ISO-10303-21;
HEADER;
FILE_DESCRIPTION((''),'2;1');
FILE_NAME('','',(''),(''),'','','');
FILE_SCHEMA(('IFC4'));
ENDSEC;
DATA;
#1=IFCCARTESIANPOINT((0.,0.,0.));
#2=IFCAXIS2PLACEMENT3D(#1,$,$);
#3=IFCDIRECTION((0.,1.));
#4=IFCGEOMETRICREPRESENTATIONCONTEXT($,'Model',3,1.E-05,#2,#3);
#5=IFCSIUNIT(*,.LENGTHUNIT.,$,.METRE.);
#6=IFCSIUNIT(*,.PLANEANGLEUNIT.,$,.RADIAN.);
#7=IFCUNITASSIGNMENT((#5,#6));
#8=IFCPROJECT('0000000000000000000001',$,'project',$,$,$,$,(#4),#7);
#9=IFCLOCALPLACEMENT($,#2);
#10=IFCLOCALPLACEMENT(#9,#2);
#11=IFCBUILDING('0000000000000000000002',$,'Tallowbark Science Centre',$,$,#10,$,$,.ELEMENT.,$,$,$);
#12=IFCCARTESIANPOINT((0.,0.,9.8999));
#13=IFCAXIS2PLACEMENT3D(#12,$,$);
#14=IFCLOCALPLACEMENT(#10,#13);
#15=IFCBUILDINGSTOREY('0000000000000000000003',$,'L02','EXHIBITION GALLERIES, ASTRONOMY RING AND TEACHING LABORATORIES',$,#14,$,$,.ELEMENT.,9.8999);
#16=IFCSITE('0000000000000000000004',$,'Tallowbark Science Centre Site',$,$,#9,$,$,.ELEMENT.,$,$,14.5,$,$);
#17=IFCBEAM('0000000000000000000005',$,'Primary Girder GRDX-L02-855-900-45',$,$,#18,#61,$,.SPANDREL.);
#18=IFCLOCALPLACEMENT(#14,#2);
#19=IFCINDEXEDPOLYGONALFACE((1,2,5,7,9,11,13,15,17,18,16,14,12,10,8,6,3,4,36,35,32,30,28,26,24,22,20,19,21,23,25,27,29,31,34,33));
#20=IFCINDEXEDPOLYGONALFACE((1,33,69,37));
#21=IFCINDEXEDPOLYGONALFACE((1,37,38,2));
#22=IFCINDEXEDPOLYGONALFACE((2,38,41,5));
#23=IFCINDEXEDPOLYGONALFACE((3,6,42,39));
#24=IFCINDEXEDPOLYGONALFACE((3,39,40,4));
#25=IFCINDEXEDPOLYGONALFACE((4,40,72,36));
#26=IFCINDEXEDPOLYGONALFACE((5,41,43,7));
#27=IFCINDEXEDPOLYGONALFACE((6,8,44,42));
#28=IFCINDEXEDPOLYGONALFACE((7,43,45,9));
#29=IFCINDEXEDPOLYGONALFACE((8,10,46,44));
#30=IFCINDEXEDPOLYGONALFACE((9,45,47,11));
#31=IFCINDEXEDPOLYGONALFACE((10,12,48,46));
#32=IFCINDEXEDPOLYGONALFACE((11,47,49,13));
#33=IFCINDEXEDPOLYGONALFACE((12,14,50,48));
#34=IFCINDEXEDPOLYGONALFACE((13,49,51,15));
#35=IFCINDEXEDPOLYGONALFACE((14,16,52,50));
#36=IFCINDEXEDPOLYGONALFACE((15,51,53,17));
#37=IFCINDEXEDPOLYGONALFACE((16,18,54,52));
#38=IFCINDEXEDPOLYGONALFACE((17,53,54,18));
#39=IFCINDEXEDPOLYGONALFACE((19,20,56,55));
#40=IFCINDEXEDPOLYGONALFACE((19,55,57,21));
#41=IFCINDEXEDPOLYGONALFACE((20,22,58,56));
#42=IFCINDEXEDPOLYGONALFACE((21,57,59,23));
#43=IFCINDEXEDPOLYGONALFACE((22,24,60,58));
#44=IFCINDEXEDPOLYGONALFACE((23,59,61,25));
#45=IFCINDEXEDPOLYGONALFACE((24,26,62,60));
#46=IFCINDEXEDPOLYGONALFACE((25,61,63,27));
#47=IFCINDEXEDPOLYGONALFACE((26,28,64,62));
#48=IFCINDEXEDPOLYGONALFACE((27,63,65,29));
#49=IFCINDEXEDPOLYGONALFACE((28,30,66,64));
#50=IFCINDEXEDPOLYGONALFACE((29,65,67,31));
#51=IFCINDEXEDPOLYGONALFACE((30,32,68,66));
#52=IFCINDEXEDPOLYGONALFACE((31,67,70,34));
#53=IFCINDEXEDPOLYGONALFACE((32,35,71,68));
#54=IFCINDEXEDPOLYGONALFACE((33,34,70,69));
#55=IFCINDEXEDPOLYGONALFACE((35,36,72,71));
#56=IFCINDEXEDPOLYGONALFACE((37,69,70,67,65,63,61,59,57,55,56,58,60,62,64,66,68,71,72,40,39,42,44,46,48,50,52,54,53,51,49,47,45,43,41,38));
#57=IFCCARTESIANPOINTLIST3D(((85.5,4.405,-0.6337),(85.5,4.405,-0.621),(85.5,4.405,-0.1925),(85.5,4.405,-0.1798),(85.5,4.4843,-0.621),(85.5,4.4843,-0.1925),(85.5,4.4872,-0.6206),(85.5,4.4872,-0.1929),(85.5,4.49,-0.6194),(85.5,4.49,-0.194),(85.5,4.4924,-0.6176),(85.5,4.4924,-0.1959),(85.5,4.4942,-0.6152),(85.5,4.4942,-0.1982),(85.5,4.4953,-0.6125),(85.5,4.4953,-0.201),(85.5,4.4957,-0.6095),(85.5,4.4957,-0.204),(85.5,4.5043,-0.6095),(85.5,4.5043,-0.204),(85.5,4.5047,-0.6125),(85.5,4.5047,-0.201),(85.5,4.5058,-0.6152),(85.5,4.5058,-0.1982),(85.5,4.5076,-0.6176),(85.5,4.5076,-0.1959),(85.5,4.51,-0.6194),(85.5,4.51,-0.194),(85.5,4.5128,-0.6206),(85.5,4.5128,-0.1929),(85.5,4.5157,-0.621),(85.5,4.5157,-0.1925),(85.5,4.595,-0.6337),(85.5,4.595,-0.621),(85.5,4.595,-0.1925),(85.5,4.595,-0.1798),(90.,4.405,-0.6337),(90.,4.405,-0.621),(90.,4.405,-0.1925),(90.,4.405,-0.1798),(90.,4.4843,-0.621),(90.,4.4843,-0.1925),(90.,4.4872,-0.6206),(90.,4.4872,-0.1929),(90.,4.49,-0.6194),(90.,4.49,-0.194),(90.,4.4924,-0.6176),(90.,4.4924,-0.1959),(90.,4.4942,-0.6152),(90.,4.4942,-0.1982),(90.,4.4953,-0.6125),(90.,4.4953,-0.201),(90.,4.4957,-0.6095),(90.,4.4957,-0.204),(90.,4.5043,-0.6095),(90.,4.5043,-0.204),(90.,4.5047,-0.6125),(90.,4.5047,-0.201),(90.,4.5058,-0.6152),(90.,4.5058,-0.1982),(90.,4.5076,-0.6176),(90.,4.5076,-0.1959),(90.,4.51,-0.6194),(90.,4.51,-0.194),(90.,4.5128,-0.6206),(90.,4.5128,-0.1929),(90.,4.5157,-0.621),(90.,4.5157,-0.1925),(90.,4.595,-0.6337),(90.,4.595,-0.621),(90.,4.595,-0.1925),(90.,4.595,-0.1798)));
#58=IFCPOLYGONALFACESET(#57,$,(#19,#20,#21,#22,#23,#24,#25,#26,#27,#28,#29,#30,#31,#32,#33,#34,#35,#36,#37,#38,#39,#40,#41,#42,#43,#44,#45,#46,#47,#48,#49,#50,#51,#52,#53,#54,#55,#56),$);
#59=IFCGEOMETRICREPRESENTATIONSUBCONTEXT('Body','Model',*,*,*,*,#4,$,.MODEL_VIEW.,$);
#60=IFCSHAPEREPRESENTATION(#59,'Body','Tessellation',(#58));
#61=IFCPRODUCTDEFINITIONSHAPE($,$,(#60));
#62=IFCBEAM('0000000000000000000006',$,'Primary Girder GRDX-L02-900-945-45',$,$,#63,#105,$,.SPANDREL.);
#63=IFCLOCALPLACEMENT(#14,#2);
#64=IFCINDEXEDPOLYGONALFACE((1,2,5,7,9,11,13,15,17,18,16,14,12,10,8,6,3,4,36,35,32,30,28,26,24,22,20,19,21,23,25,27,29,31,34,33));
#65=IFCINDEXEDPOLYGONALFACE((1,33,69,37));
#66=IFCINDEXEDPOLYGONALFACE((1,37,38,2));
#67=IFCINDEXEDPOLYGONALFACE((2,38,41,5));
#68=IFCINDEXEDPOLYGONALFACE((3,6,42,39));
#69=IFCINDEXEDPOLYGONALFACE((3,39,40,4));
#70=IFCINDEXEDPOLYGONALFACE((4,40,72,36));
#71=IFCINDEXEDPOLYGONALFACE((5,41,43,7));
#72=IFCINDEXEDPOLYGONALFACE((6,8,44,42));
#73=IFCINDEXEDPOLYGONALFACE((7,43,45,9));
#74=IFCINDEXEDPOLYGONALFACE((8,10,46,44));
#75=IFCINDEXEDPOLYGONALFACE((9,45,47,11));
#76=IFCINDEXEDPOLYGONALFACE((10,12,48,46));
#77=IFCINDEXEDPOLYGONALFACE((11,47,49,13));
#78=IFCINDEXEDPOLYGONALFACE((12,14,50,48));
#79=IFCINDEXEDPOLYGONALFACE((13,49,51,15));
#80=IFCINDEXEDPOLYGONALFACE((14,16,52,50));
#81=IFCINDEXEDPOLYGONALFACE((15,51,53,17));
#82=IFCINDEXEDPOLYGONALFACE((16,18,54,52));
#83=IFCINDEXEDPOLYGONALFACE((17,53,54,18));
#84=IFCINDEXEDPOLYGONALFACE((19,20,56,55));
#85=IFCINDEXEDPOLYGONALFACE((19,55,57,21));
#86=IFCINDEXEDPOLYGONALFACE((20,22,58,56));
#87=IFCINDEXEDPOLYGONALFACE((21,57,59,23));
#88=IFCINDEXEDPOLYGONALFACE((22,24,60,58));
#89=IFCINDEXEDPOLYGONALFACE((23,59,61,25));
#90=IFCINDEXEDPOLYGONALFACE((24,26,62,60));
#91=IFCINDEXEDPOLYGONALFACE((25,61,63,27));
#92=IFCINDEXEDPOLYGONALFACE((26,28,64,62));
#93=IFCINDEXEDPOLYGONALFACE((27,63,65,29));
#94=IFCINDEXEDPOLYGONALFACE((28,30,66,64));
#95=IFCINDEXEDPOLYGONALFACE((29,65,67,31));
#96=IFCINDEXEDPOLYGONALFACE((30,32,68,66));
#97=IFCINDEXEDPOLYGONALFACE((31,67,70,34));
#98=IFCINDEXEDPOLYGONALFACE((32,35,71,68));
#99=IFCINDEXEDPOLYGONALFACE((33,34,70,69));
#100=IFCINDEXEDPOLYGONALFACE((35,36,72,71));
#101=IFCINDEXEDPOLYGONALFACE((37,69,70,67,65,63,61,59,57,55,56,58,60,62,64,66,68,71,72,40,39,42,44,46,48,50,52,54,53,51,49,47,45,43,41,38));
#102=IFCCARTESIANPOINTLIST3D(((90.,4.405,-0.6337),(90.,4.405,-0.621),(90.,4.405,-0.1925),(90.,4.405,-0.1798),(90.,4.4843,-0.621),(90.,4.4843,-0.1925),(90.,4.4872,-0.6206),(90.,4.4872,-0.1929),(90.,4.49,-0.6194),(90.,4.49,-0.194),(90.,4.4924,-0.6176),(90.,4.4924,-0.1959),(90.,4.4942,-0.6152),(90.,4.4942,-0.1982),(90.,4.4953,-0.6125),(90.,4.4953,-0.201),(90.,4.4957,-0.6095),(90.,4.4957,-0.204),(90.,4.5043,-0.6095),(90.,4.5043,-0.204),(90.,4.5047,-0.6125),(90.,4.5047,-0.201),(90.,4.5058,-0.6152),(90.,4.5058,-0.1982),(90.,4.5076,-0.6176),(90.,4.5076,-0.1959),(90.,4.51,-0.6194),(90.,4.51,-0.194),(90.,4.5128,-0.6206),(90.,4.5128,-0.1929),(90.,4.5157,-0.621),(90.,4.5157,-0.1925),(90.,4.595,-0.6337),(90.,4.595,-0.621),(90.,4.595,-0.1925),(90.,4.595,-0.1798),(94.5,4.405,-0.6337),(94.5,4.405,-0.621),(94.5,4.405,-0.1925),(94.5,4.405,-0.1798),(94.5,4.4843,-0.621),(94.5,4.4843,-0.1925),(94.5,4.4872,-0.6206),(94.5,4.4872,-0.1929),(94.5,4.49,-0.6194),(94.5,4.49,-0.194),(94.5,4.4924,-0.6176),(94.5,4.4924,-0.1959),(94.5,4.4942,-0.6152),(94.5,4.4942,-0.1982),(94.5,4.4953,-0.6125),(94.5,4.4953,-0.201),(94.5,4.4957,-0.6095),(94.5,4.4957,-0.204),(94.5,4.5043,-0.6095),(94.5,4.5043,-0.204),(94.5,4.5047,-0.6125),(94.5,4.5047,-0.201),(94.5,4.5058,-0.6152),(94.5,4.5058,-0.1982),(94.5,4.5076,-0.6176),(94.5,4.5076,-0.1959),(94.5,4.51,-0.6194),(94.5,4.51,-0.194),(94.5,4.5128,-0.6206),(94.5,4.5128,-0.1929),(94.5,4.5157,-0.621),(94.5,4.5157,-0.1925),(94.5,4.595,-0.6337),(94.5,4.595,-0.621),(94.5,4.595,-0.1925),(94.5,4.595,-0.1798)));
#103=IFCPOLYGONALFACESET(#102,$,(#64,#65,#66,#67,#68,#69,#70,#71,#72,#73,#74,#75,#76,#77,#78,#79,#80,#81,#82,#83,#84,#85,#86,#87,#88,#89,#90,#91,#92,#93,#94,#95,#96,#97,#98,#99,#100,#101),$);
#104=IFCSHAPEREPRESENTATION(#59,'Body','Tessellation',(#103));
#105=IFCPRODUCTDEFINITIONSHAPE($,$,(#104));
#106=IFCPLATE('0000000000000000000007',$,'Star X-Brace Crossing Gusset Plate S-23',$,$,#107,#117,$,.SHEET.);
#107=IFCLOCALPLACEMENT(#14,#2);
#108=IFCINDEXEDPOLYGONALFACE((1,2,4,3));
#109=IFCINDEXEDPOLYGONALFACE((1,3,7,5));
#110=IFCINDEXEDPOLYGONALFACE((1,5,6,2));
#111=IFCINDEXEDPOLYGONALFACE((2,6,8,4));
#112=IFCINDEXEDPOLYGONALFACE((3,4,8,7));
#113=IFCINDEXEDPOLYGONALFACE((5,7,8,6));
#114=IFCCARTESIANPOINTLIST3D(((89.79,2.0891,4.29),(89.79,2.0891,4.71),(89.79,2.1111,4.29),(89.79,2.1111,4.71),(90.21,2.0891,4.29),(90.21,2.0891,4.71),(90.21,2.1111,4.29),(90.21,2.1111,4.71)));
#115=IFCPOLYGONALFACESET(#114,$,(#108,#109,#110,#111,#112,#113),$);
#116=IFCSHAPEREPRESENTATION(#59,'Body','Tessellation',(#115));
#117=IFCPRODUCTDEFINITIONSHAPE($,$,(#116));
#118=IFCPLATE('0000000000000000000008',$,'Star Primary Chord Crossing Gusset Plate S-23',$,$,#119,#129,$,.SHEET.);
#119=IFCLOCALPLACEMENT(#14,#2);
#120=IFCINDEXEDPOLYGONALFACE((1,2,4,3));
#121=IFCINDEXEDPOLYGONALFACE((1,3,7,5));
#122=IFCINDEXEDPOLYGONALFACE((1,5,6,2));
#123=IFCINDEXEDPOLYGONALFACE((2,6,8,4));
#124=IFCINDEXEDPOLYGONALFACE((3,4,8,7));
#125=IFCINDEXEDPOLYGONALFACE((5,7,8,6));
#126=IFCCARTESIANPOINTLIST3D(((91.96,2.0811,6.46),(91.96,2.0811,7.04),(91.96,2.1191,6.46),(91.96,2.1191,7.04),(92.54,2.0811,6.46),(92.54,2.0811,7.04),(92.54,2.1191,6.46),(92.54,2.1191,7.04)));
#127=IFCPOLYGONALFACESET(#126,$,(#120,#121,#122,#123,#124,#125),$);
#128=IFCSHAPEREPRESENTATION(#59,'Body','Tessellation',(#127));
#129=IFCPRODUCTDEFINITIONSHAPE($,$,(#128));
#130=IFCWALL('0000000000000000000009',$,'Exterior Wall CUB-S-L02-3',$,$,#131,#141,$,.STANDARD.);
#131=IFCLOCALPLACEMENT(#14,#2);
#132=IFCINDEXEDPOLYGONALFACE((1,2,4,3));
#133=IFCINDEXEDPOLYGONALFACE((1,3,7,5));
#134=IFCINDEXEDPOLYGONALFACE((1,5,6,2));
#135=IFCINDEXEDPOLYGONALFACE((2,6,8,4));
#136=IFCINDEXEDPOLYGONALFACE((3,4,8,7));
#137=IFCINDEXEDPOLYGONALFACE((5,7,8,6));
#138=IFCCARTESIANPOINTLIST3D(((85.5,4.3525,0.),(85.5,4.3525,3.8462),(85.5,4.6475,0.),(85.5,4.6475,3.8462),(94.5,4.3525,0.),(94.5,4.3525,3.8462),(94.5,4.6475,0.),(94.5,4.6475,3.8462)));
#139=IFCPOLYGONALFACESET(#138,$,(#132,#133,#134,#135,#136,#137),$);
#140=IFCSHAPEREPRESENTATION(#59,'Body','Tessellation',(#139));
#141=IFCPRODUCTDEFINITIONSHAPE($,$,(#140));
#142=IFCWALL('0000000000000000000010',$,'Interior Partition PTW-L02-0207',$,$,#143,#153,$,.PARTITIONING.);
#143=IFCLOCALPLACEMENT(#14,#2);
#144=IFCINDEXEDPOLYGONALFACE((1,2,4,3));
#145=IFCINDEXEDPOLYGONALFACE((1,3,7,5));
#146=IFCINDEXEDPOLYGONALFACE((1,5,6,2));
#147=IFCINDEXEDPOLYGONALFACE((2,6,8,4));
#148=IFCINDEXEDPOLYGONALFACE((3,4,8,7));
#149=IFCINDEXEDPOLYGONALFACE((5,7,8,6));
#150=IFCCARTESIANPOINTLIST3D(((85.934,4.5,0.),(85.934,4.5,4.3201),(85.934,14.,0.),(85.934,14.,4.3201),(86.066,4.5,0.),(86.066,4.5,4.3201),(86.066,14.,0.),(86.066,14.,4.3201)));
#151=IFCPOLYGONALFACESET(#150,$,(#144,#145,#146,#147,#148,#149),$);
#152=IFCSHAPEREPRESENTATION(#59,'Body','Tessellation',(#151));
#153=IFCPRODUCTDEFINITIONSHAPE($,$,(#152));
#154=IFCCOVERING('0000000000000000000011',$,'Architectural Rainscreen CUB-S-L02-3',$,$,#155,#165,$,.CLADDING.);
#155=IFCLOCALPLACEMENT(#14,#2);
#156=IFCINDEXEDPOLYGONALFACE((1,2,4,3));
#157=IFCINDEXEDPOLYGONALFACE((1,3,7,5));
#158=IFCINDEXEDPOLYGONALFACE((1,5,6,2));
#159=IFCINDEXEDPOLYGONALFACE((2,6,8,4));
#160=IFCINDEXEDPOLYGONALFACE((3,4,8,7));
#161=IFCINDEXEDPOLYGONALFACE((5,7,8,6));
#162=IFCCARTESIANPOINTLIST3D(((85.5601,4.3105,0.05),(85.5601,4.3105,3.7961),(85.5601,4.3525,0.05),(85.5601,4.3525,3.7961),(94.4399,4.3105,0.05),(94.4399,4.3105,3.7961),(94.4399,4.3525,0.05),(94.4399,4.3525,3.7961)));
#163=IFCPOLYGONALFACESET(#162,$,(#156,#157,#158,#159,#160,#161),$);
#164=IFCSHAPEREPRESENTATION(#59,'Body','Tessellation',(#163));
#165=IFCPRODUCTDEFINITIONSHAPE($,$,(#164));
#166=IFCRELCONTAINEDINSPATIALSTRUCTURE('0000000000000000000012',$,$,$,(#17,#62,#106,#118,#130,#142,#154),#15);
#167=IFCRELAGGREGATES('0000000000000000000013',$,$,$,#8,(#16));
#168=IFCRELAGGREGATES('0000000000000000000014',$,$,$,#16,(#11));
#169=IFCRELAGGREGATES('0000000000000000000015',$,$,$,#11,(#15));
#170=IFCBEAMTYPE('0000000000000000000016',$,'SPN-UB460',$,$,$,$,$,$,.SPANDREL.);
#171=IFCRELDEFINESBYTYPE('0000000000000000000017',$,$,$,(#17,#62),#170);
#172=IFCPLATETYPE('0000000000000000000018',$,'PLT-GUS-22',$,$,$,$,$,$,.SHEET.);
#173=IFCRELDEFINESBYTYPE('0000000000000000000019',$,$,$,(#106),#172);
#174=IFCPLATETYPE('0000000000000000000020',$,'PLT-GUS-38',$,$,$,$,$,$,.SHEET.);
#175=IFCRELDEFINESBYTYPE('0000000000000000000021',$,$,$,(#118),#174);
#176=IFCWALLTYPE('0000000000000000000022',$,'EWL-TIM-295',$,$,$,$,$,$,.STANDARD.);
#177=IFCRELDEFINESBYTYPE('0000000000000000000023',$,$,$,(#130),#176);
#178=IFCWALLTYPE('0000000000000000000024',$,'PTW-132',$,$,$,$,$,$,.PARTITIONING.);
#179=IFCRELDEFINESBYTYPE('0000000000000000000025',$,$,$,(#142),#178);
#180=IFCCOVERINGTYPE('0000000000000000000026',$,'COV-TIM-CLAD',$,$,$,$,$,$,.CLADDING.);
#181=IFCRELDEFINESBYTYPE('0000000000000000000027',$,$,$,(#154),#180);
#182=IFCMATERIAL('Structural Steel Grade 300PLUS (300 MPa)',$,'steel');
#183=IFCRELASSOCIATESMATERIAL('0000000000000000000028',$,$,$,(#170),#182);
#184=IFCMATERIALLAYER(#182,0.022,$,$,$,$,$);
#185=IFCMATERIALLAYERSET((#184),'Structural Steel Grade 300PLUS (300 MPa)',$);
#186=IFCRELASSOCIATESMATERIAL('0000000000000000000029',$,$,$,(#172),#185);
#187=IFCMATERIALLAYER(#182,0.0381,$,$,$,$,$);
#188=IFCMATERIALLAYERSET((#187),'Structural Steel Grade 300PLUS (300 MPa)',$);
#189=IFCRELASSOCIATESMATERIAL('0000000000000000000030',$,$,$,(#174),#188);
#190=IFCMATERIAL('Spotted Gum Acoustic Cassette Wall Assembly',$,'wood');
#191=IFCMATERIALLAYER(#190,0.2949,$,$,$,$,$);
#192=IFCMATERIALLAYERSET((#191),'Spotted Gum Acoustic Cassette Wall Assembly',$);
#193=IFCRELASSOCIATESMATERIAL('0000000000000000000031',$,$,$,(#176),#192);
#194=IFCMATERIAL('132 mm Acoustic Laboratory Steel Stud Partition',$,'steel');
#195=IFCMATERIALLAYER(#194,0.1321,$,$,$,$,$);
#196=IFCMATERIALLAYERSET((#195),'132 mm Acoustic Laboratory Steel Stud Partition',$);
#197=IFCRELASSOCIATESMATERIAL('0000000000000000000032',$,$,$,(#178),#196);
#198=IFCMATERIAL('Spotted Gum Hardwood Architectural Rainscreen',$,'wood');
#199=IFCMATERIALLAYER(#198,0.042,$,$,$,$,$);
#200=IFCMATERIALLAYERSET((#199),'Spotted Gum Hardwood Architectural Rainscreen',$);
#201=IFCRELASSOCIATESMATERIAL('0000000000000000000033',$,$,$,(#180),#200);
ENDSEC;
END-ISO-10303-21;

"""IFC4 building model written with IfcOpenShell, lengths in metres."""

from ifc_helpers import new_model, si_unit, direction, frame, frame_2d, origin, origin_2d, place, context, subcontext, project, spatial, rectangle, i_section, extrude, material, layer, layer_set, material_profile, profile_set, type_object, element, save


model = new_model("IFC4")

# Units and contexts
model_context = context("Model", 3, precision=1e-05, world=origin(), true_north=direction((0.0, 1.0)))
body_context = subcontext(model_context, "Body", "Model", "MODEL_VIEW")
ifc_project = project(units=[si_unit("LENGTHUNIT", "METRE"), si_unit("PLANEANGLEUNIT", "RADIAN")], contexts=[model_context])

# Site, building, storey
site_placement = place(None, origin())
site = spatial("IfcSite", under=ifc_project, at=site_placement, Name="Tallowbark Science Centre Site", CompositionType="ELEMENT", RefElevation=14.5)
building_placement = place(site_placement, origin())
building = spatial("IfcBuilding", under=site, at=building_placement, Name="Tallowbark Science Centre", CompositionType="ELEMENT")
storey_placement = place(building_placement, frame((0.0, 0.0, 9.8999)))
storey = spatial("IfcBuildingStorey", under=building, at=storey_placement, Name="L02", Description="EXHIBITION GALLERIES, ASTRONOMY RING AND TEACHING LABORATORIES", CompositionType="ELEMENT", Elevation=9.8999)

# Shared definitions
ifc_material_1 = material(Name="Structural Steel Grade 300PLUS (300 MPa)", Category="steel")

# Beams
ifc_material_profile_1 = material_profile(ifc_material_1, i_section(OverallWidth=0.1899, OverallDepth=0.4539, WebThickness=0.0085, FlangeThickness=0.0127, FilletRadius=0.0115, at=origin_2d()), Name="460UB67.1")
ifc_profile_set_1 = profile_set([ifc_material_profile_1], Name="Structural Steel Grade 300PLUS (300 MPa)")
beam_type_1 = type_object("IfcBeamType", Name="SPN-UB460", PredefinedType="SPANDREL", material=ifc_profile_set_1)
for number, where, z_axis, x_axis, name in (
    (1, (85.5, 4.5, -0.4067), (1.0, 0.0, 0.0), (0.0, 1.0, 0.0), "Primary Girder GRDX-L02-855-900-45"),
    (2, (90.0, 4.5, -0.4067), (1.0, 0.0, 0.0), (0.0, 1.0, 0.0), "Primary Girder GRDX-L02-900-945-45"),
):
    element("IfcBeam", number, at=place(storey_placement, frame(where, z_axis=z_axis, x_axis=x_axis)), inside=storey, type_object=beam_type_1, Name=name, PredefinedType="SPANDREL", context=body_context, shape_type="SweptSolid", body=[
        extrude(i_section(OverallWidth=0.1899, OverallDepth=0.4539, WebThickness=0.0085, FlangeThickness=0.0127, FilletRadius=0.0115, at=origin_2d()), origin(), (0.0, 0.0, 1.0), 4.5),
    ])

# Plates
ifc_layer_1 = layer(ifc_material_1, 0.022)
ifc_layer_set_1 = layer_set([ifc_layer_1], Name="Structural Steel Grade 300PLUS (300 MPa)")
plate_type_1 = type_object("IfcPlateType", Name="PLT-GUS-22", PredefinedType="SHEET", material=ifc_layer_set_1)
plate_1_placement = place(storey_placement, frame((90.0, 2.1001, 4.29), z_axis=(0.0, 0.0, 1.0), x_axis=(1.0, 0.0, 0.0)))
element("IfcPlate", 3, at=plate_1_placement, inside=storey, type_object=plate_type_1, Name="Star X-Brace Crossing Gusset Plate S-23", PredefinedType="SHEET", context=body_context, shape_type="SweptSolid", body=[
    extrude(rectangle(XDim=0.4199, YDim=0.022, at=origin_2d()), origin(), (0.0, 0.0, 1.0), 0.4199),
])
ifc_layer_2 = layer(ifc_material_1, 0.0381)
ifc_layer_set_2 = layer_set([ifc_layer_2], Name="Structural Steel Grade 300PLUS (300 MPa)")
plate_type_2 = type_object("IfcPlateType", Name="PLT-GUS-38", PredefinedType="SHEET", material=ifc_layer_set_2)
plate_2_placement = place(storey_placement, frame((92.25, 2.1001, 6.46), z_axis=(0.0, 0.0, 1.0), x_axis=(1.0, 0.0, 0.0)))
element("IfcPlate", 4, at=plate_2_placement, inside=storey, type_object=plate_type_2, Name="Star Primary Chord Crossing Gusset Plate S-23", PredefinedType="SHEET", context=body_context, shape_type="SweptSolid", body=[
    extrude(rectangle(XDim=0.5801, YDim=0.0381, at=origin_2d()), origin(), (0.0, 0.0, 1.0), 0.5801),
])

# Walls
ifc_material_2 = material(Name="Spotted Gum Acoustic Cassette Wall Assembly", Category="wood")
ifc_layer_3 = layer(ifc_material_2, 0.2949)
ifc_layer_set_3 = layer_set([ifc_layer_3], Name="Spotted Gum Acoustic Cassette Wall Assembly")
wall_type_1 = type_object("IfcWallType", Name="EWL-TIM-295", PredefinedType="STANDARD", material=ifc_layer_set_3)
wall_1_placement = place(storey_placement, frame((85.5, 4.5, 0.0), z_axis=(0.0, 0.0, 1.0), x_axis=(1.0, 0.0, 0.0)))
element("IfcWall", 5, at=wall_1_placement, inside=storey, type_object=wall_type_1, Name="Exterior Wall CUB-S-L02-3", PredefinedType="STANDARD", context=body_context, shape_type="SweptSolid", body=[
    extrude(rectangle(XDim=9.0, YDim=0.2949, at=frame_2d((4.5, 0.0))), origin(), (0.0, 0.0, 1.0), 3.8462),
])
ifc_material_3 = material(Name="132 mm Acoustic Laboratory Steel Stud Partition", Category="steel")
ifc_layer_4 = layer(ifc_material_3, 0.1321)
ifc_layer_set_4 = layer_set([ifc_layer_4], Name="132 mm Acoustic Laboratory Steel Stud Partition")
wall_type_2 = type_object("IfcWallType", Name="PTW-132", PredefinedType="PARTITIONING", material=ifc_layer_set_4)
wall_2_placement = place(storey_placement, frame((86.0, 4.5, 0.0), z_axis=(0.0, 0.0, 1.0), x_axis=(0.0, 1.0, 0.0)))
element("IfcWall", 6, at=wall_2_placement, inside=storey, type_object=wall_type_2, Name="Interior Partition PTW-L02-0207", PredefinedType="PARTITIONING", context=body_context, shape_type="SweptSolid", body=[
    extrude(rectangle(XDim=9.5, YDim=0.1321, at=frame_2d((4.75, 0.0))), origin(), (0.0, 0.0, 1.0), 4.3201),
])

# Covering
ifc_material_4 = material(Name="Spotted Gum Hardwood Architectural Rainscreen", Category="wood")
ifc_layer_5 = layer(ifc_material_4, 0.042)
ifc_layer_set_5 = layer_set([ifc_layer_5], Name="Spotted Gum Hardwood Architectural Rainscreen")
covering_type = type_object("IfcCoveringType", Name="COV-TIM-CLAD", PredefinedType="CLADDING", material=ifc_layer_set_5)
covering_placement = place(storey_placement, frame((90.0, 4.3315, 0.05), z_axis=(0.0, 0.0, 1.0), x_axis=(1.0, 0.0, 0.0)))
element("IfcCovering", 7, at=covering_placement, inside=storey, type_object=covering_type, Name="Architectural Rainscreen CUB-S-L02-3", PredefinedType="CLADDING", context=body_context, shape_type="SweptSolid", body=[
    extrude(rectangle(XDim=8.8799, YDim=0.042, at=origin_2d()), origin(), (0.0, 0.0, 1.0), 3.7461),
])

save(model, "model.ifc")
